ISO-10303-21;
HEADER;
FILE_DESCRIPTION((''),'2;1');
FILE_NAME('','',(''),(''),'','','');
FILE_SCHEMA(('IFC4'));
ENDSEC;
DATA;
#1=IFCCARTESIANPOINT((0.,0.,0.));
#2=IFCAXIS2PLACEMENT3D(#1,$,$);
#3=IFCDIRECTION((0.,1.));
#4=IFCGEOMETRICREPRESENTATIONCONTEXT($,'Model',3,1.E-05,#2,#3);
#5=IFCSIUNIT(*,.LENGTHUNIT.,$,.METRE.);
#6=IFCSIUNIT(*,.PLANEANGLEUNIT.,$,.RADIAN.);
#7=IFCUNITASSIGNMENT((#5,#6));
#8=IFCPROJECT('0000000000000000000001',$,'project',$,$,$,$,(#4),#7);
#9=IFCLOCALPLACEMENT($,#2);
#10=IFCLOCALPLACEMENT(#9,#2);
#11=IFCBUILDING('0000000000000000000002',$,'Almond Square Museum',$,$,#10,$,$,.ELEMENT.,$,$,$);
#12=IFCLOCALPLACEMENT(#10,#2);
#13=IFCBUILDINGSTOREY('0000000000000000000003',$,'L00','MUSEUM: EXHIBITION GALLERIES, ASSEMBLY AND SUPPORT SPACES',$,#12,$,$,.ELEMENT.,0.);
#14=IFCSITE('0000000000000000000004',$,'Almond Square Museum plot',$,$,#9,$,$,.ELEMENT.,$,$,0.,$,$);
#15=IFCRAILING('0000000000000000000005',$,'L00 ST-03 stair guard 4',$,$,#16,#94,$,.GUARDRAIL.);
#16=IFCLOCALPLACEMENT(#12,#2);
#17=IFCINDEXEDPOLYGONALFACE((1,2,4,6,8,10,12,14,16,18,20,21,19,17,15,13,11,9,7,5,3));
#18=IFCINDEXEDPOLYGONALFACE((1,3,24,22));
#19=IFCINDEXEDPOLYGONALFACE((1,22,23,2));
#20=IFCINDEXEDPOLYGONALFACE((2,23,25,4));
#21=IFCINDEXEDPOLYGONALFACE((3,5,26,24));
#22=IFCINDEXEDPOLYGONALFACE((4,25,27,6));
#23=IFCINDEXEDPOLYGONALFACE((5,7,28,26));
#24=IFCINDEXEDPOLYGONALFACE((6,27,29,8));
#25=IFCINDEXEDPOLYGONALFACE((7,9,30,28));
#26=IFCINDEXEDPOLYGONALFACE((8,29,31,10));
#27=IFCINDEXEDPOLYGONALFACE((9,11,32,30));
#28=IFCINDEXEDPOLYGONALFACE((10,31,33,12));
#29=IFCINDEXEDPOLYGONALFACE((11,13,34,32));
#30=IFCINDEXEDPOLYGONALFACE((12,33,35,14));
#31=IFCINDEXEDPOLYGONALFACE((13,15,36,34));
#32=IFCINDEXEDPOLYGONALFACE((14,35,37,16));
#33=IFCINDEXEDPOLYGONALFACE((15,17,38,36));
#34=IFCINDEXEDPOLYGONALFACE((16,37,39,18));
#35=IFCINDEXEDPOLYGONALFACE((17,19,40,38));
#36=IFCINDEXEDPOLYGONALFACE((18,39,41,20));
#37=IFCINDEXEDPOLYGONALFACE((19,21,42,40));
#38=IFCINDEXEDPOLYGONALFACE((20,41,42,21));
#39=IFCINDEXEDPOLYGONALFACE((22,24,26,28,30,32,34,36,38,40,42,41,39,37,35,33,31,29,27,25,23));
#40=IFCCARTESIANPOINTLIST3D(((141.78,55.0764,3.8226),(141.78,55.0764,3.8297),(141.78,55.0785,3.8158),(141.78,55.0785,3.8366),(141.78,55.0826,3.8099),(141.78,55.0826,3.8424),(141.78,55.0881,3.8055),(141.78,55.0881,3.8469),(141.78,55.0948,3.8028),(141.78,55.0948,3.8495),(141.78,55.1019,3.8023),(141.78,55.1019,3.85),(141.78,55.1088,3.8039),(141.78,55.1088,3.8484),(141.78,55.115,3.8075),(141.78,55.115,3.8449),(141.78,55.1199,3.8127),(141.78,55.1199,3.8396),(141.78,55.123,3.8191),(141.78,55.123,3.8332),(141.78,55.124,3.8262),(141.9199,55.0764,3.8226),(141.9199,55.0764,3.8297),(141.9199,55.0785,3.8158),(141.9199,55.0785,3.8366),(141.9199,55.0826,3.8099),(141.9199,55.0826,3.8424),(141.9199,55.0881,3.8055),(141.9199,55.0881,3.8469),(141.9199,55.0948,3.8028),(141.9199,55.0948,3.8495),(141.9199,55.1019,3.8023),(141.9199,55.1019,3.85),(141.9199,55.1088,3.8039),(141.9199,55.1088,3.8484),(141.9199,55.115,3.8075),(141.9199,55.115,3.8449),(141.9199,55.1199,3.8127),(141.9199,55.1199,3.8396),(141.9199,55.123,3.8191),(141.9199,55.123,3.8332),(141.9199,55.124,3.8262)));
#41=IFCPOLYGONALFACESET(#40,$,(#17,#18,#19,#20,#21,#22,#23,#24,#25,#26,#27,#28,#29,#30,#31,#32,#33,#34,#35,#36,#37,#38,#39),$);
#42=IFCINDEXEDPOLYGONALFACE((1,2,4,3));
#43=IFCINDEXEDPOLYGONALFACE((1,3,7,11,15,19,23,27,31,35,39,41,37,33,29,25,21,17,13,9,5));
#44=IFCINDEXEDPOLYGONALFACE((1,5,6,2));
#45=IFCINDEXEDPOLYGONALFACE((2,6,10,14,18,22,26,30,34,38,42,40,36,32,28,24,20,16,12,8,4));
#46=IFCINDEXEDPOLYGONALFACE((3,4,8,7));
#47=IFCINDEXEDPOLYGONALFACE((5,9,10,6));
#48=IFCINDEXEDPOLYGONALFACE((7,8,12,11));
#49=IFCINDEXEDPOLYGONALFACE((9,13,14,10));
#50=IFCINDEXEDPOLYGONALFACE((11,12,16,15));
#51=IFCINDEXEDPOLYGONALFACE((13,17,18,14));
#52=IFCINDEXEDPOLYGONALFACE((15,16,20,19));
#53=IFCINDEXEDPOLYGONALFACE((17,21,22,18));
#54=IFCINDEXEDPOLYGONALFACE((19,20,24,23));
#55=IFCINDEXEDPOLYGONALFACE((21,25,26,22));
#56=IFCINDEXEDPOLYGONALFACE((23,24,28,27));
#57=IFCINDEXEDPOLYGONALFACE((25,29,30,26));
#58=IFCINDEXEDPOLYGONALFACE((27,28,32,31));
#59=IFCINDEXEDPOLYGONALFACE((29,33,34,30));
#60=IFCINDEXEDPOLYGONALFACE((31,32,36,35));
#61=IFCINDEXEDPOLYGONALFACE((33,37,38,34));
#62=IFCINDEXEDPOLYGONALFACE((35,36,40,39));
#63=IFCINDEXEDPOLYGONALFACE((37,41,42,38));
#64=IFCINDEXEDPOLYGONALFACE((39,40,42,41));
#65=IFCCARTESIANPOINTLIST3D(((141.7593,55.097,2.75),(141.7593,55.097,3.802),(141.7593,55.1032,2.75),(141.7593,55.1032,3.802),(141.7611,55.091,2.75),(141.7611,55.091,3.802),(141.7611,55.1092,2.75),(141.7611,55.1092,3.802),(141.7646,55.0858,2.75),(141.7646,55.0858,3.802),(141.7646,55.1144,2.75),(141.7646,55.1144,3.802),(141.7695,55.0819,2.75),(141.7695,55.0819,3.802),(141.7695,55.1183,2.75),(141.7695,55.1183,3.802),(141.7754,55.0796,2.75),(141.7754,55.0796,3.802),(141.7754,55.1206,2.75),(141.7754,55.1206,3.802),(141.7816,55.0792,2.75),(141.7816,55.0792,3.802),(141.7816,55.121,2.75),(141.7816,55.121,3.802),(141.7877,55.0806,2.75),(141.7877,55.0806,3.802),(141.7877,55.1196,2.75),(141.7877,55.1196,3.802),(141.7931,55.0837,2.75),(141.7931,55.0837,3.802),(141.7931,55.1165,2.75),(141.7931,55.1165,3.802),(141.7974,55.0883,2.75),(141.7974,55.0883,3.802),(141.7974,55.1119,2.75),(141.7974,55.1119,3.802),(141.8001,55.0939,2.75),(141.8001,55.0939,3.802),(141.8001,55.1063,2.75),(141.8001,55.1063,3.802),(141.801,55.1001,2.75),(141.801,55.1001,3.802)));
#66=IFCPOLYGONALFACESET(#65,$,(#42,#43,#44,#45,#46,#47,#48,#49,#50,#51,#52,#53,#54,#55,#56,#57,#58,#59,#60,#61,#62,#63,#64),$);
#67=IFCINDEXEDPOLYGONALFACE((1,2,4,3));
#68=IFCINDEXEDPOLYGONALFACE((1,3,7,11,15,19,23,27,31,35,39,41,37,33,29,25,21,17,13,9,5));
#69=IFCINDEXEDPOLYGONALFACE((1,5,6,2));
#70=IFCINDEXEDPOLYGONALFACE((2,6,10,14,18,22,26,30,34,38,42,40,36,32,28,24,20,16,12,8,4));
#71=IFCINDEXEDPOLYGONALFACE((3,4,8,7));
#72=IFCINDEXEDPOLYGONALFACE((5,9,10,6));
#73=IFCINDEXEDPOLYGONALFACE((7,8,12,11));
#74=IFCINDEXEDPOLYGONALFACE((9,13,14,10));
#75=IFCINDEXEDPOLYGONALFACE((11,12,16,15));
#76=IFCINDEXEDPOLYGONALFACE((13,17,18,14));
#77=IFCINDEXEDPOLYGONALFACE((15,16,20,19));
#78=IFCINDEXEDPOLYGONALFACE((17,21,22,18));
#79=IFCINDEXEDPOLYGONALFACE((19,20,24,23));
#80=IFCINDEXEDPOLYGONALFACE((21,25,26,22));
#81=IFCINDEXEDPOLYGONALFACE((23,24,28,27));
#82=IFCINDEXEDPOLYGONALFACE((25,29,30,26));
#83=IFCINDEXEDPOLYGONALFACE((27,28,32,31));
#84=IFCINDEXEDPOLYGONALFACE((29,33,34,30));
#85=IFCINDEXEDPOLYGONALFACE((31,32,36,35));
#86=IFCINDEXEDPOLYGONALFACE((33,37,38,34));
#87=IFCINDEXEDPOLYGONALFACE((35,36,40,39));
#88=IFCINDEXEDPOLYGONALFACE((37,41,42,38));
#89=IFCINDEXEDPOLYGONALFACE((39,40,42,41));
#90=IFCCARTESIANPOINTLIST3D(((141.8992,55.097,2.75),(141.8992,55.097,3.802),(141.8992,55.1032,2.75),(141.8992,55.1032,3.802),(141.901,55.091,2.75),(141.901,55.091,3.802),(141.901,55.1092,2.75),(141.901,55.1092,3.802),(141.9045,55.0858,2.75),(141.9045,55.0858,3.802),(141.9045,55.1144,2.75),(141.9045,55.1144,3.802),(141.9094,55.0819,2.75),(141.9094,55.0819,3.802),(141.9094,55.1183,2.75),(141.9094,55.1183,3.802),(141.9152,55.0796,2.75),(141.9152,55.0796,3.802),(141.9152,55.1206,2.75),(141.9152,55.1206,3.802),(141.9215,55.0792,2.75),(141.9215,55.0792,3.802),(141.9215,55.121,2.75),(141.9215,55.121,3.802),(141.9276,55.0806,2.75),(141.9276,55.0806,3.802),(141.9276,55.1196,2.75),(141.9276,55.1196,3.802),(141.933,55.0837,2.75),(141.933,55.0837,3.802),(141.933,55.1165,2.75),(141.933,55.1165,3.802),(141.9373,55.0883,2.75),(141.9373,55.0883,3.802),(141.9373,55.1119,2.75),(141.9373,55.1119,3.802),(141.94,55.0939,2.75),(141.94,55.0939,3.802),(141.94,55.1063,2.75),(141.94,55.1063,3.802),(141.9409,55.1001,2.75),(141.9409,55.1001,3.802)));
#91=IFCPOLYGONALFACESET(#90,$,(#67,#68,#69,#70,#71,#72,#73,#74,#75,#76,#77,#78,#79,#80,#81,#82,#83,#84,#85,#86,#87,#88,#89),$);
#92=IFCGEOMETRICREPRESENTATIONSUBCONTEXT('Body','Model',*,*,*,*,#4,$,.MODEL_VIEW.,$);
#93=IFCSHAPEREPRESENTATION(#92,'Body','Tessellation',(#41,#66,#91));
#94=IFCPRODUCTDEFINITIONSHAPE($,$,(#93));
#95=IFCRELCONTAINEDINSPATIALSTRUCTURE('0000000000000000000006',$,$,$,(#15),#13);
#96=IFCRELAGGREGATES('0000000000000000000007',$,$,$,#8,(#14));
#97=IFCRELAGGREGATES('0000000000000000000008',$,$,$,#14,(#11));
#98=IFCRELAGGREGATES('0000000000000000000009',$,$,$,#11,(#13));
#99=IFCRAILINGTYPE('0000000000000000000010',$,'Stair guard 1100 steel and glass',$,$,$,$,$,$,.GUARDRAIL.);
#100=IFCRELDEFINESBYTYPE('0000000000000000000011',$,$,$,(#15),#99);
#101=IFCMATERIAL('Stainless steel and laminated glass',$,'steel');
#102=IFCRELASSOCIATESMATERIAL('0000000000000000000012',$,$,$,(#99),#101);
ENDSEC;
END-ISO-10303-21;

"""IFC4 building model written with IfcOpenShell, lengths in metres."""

from ifc_helpers import new_model, si_unit, direction, frame, origin, origin_2d, place, context, subcontext, project, spatial, circle, extrude, material, type_object, element, save


model = new_model("IFC4")

# Units and contexts
model_context = context("Model", 3, precision=1e-05, world=origin(), true_north=direction((0.0, 1.0)))
body_context = subcontext(model_context, "Body", "Model", "MODEL_VIEW")
ifc_project = project(units=[si_unit("LENGTHUNIT", "METRE"), si_unit("PLANEANGLEUNIT", "RADIAN")], contexts=[model_context])

# Site, building, storey
site_placement = place(None, origin())
site = spatial("IfcSite", under=ifc_project, at=site_placement, Name="Almond Square Museum plot", CompositionType="ELEMENT", RefElevation=0.0)
building_placement = place(site_placement, origin())
building = spatial("IfcBuilding", under=site, at=building_placement, Name="Almond Square Museum", CompositionType="ELEMENT")
storey_placement = place(building_placement, origin())
storey = spatial("IfcBuildingStorey", under=building, at=storey_placement, Name="L00", Description="MUSEUM: EXHIBITION GALLERIES, ASSEMBLY AND SUPPORT SPACES", CompositionType="ELEMENT", Elevation=0.0)

# Railing
ifc_material_1 = material(Name="Stainless steel and laminated glass", Category="steel")
railing_type_1 = type_object("IfcRailingType", Name="Stair guard 1100 steel and glass", PredefinedType="GUARDRAIL", material=ifc_material_1)
railing_1_placement = place(storey_placement, frame((141.78, 55.1001, 2.75)))
element("IfcRailing", 1, at=railing_1_placement, inside=storey, type_object=railing_type_1, Name="L00 ST-03 stair guard 4", PredefinedType="GUARDRAIL", context=body_context, shape_type="SweptSolid", body=[
    extrude(circle(Radius=0.0239, at=origin_2d()), frame((0.0, 0.0, 1.0762), z_axis=(1.0, 0.0, 0.0), x_axis=(0.0, 1.0, 0.0)), (0.0, 0.0, 1.0), 0.1399),
    extrude(circle(Radius=0.021, at=origin_2d()), origin(), (0.0, 0.0, 1.0), 1.052),
    extrude(circle(Radius=0.021, at=origin_2d()), frame((0.1399, 0.0, 0.0)), (0.0, 0.0, 1.0), 1.052),
])

save(model, "model.ifc")
